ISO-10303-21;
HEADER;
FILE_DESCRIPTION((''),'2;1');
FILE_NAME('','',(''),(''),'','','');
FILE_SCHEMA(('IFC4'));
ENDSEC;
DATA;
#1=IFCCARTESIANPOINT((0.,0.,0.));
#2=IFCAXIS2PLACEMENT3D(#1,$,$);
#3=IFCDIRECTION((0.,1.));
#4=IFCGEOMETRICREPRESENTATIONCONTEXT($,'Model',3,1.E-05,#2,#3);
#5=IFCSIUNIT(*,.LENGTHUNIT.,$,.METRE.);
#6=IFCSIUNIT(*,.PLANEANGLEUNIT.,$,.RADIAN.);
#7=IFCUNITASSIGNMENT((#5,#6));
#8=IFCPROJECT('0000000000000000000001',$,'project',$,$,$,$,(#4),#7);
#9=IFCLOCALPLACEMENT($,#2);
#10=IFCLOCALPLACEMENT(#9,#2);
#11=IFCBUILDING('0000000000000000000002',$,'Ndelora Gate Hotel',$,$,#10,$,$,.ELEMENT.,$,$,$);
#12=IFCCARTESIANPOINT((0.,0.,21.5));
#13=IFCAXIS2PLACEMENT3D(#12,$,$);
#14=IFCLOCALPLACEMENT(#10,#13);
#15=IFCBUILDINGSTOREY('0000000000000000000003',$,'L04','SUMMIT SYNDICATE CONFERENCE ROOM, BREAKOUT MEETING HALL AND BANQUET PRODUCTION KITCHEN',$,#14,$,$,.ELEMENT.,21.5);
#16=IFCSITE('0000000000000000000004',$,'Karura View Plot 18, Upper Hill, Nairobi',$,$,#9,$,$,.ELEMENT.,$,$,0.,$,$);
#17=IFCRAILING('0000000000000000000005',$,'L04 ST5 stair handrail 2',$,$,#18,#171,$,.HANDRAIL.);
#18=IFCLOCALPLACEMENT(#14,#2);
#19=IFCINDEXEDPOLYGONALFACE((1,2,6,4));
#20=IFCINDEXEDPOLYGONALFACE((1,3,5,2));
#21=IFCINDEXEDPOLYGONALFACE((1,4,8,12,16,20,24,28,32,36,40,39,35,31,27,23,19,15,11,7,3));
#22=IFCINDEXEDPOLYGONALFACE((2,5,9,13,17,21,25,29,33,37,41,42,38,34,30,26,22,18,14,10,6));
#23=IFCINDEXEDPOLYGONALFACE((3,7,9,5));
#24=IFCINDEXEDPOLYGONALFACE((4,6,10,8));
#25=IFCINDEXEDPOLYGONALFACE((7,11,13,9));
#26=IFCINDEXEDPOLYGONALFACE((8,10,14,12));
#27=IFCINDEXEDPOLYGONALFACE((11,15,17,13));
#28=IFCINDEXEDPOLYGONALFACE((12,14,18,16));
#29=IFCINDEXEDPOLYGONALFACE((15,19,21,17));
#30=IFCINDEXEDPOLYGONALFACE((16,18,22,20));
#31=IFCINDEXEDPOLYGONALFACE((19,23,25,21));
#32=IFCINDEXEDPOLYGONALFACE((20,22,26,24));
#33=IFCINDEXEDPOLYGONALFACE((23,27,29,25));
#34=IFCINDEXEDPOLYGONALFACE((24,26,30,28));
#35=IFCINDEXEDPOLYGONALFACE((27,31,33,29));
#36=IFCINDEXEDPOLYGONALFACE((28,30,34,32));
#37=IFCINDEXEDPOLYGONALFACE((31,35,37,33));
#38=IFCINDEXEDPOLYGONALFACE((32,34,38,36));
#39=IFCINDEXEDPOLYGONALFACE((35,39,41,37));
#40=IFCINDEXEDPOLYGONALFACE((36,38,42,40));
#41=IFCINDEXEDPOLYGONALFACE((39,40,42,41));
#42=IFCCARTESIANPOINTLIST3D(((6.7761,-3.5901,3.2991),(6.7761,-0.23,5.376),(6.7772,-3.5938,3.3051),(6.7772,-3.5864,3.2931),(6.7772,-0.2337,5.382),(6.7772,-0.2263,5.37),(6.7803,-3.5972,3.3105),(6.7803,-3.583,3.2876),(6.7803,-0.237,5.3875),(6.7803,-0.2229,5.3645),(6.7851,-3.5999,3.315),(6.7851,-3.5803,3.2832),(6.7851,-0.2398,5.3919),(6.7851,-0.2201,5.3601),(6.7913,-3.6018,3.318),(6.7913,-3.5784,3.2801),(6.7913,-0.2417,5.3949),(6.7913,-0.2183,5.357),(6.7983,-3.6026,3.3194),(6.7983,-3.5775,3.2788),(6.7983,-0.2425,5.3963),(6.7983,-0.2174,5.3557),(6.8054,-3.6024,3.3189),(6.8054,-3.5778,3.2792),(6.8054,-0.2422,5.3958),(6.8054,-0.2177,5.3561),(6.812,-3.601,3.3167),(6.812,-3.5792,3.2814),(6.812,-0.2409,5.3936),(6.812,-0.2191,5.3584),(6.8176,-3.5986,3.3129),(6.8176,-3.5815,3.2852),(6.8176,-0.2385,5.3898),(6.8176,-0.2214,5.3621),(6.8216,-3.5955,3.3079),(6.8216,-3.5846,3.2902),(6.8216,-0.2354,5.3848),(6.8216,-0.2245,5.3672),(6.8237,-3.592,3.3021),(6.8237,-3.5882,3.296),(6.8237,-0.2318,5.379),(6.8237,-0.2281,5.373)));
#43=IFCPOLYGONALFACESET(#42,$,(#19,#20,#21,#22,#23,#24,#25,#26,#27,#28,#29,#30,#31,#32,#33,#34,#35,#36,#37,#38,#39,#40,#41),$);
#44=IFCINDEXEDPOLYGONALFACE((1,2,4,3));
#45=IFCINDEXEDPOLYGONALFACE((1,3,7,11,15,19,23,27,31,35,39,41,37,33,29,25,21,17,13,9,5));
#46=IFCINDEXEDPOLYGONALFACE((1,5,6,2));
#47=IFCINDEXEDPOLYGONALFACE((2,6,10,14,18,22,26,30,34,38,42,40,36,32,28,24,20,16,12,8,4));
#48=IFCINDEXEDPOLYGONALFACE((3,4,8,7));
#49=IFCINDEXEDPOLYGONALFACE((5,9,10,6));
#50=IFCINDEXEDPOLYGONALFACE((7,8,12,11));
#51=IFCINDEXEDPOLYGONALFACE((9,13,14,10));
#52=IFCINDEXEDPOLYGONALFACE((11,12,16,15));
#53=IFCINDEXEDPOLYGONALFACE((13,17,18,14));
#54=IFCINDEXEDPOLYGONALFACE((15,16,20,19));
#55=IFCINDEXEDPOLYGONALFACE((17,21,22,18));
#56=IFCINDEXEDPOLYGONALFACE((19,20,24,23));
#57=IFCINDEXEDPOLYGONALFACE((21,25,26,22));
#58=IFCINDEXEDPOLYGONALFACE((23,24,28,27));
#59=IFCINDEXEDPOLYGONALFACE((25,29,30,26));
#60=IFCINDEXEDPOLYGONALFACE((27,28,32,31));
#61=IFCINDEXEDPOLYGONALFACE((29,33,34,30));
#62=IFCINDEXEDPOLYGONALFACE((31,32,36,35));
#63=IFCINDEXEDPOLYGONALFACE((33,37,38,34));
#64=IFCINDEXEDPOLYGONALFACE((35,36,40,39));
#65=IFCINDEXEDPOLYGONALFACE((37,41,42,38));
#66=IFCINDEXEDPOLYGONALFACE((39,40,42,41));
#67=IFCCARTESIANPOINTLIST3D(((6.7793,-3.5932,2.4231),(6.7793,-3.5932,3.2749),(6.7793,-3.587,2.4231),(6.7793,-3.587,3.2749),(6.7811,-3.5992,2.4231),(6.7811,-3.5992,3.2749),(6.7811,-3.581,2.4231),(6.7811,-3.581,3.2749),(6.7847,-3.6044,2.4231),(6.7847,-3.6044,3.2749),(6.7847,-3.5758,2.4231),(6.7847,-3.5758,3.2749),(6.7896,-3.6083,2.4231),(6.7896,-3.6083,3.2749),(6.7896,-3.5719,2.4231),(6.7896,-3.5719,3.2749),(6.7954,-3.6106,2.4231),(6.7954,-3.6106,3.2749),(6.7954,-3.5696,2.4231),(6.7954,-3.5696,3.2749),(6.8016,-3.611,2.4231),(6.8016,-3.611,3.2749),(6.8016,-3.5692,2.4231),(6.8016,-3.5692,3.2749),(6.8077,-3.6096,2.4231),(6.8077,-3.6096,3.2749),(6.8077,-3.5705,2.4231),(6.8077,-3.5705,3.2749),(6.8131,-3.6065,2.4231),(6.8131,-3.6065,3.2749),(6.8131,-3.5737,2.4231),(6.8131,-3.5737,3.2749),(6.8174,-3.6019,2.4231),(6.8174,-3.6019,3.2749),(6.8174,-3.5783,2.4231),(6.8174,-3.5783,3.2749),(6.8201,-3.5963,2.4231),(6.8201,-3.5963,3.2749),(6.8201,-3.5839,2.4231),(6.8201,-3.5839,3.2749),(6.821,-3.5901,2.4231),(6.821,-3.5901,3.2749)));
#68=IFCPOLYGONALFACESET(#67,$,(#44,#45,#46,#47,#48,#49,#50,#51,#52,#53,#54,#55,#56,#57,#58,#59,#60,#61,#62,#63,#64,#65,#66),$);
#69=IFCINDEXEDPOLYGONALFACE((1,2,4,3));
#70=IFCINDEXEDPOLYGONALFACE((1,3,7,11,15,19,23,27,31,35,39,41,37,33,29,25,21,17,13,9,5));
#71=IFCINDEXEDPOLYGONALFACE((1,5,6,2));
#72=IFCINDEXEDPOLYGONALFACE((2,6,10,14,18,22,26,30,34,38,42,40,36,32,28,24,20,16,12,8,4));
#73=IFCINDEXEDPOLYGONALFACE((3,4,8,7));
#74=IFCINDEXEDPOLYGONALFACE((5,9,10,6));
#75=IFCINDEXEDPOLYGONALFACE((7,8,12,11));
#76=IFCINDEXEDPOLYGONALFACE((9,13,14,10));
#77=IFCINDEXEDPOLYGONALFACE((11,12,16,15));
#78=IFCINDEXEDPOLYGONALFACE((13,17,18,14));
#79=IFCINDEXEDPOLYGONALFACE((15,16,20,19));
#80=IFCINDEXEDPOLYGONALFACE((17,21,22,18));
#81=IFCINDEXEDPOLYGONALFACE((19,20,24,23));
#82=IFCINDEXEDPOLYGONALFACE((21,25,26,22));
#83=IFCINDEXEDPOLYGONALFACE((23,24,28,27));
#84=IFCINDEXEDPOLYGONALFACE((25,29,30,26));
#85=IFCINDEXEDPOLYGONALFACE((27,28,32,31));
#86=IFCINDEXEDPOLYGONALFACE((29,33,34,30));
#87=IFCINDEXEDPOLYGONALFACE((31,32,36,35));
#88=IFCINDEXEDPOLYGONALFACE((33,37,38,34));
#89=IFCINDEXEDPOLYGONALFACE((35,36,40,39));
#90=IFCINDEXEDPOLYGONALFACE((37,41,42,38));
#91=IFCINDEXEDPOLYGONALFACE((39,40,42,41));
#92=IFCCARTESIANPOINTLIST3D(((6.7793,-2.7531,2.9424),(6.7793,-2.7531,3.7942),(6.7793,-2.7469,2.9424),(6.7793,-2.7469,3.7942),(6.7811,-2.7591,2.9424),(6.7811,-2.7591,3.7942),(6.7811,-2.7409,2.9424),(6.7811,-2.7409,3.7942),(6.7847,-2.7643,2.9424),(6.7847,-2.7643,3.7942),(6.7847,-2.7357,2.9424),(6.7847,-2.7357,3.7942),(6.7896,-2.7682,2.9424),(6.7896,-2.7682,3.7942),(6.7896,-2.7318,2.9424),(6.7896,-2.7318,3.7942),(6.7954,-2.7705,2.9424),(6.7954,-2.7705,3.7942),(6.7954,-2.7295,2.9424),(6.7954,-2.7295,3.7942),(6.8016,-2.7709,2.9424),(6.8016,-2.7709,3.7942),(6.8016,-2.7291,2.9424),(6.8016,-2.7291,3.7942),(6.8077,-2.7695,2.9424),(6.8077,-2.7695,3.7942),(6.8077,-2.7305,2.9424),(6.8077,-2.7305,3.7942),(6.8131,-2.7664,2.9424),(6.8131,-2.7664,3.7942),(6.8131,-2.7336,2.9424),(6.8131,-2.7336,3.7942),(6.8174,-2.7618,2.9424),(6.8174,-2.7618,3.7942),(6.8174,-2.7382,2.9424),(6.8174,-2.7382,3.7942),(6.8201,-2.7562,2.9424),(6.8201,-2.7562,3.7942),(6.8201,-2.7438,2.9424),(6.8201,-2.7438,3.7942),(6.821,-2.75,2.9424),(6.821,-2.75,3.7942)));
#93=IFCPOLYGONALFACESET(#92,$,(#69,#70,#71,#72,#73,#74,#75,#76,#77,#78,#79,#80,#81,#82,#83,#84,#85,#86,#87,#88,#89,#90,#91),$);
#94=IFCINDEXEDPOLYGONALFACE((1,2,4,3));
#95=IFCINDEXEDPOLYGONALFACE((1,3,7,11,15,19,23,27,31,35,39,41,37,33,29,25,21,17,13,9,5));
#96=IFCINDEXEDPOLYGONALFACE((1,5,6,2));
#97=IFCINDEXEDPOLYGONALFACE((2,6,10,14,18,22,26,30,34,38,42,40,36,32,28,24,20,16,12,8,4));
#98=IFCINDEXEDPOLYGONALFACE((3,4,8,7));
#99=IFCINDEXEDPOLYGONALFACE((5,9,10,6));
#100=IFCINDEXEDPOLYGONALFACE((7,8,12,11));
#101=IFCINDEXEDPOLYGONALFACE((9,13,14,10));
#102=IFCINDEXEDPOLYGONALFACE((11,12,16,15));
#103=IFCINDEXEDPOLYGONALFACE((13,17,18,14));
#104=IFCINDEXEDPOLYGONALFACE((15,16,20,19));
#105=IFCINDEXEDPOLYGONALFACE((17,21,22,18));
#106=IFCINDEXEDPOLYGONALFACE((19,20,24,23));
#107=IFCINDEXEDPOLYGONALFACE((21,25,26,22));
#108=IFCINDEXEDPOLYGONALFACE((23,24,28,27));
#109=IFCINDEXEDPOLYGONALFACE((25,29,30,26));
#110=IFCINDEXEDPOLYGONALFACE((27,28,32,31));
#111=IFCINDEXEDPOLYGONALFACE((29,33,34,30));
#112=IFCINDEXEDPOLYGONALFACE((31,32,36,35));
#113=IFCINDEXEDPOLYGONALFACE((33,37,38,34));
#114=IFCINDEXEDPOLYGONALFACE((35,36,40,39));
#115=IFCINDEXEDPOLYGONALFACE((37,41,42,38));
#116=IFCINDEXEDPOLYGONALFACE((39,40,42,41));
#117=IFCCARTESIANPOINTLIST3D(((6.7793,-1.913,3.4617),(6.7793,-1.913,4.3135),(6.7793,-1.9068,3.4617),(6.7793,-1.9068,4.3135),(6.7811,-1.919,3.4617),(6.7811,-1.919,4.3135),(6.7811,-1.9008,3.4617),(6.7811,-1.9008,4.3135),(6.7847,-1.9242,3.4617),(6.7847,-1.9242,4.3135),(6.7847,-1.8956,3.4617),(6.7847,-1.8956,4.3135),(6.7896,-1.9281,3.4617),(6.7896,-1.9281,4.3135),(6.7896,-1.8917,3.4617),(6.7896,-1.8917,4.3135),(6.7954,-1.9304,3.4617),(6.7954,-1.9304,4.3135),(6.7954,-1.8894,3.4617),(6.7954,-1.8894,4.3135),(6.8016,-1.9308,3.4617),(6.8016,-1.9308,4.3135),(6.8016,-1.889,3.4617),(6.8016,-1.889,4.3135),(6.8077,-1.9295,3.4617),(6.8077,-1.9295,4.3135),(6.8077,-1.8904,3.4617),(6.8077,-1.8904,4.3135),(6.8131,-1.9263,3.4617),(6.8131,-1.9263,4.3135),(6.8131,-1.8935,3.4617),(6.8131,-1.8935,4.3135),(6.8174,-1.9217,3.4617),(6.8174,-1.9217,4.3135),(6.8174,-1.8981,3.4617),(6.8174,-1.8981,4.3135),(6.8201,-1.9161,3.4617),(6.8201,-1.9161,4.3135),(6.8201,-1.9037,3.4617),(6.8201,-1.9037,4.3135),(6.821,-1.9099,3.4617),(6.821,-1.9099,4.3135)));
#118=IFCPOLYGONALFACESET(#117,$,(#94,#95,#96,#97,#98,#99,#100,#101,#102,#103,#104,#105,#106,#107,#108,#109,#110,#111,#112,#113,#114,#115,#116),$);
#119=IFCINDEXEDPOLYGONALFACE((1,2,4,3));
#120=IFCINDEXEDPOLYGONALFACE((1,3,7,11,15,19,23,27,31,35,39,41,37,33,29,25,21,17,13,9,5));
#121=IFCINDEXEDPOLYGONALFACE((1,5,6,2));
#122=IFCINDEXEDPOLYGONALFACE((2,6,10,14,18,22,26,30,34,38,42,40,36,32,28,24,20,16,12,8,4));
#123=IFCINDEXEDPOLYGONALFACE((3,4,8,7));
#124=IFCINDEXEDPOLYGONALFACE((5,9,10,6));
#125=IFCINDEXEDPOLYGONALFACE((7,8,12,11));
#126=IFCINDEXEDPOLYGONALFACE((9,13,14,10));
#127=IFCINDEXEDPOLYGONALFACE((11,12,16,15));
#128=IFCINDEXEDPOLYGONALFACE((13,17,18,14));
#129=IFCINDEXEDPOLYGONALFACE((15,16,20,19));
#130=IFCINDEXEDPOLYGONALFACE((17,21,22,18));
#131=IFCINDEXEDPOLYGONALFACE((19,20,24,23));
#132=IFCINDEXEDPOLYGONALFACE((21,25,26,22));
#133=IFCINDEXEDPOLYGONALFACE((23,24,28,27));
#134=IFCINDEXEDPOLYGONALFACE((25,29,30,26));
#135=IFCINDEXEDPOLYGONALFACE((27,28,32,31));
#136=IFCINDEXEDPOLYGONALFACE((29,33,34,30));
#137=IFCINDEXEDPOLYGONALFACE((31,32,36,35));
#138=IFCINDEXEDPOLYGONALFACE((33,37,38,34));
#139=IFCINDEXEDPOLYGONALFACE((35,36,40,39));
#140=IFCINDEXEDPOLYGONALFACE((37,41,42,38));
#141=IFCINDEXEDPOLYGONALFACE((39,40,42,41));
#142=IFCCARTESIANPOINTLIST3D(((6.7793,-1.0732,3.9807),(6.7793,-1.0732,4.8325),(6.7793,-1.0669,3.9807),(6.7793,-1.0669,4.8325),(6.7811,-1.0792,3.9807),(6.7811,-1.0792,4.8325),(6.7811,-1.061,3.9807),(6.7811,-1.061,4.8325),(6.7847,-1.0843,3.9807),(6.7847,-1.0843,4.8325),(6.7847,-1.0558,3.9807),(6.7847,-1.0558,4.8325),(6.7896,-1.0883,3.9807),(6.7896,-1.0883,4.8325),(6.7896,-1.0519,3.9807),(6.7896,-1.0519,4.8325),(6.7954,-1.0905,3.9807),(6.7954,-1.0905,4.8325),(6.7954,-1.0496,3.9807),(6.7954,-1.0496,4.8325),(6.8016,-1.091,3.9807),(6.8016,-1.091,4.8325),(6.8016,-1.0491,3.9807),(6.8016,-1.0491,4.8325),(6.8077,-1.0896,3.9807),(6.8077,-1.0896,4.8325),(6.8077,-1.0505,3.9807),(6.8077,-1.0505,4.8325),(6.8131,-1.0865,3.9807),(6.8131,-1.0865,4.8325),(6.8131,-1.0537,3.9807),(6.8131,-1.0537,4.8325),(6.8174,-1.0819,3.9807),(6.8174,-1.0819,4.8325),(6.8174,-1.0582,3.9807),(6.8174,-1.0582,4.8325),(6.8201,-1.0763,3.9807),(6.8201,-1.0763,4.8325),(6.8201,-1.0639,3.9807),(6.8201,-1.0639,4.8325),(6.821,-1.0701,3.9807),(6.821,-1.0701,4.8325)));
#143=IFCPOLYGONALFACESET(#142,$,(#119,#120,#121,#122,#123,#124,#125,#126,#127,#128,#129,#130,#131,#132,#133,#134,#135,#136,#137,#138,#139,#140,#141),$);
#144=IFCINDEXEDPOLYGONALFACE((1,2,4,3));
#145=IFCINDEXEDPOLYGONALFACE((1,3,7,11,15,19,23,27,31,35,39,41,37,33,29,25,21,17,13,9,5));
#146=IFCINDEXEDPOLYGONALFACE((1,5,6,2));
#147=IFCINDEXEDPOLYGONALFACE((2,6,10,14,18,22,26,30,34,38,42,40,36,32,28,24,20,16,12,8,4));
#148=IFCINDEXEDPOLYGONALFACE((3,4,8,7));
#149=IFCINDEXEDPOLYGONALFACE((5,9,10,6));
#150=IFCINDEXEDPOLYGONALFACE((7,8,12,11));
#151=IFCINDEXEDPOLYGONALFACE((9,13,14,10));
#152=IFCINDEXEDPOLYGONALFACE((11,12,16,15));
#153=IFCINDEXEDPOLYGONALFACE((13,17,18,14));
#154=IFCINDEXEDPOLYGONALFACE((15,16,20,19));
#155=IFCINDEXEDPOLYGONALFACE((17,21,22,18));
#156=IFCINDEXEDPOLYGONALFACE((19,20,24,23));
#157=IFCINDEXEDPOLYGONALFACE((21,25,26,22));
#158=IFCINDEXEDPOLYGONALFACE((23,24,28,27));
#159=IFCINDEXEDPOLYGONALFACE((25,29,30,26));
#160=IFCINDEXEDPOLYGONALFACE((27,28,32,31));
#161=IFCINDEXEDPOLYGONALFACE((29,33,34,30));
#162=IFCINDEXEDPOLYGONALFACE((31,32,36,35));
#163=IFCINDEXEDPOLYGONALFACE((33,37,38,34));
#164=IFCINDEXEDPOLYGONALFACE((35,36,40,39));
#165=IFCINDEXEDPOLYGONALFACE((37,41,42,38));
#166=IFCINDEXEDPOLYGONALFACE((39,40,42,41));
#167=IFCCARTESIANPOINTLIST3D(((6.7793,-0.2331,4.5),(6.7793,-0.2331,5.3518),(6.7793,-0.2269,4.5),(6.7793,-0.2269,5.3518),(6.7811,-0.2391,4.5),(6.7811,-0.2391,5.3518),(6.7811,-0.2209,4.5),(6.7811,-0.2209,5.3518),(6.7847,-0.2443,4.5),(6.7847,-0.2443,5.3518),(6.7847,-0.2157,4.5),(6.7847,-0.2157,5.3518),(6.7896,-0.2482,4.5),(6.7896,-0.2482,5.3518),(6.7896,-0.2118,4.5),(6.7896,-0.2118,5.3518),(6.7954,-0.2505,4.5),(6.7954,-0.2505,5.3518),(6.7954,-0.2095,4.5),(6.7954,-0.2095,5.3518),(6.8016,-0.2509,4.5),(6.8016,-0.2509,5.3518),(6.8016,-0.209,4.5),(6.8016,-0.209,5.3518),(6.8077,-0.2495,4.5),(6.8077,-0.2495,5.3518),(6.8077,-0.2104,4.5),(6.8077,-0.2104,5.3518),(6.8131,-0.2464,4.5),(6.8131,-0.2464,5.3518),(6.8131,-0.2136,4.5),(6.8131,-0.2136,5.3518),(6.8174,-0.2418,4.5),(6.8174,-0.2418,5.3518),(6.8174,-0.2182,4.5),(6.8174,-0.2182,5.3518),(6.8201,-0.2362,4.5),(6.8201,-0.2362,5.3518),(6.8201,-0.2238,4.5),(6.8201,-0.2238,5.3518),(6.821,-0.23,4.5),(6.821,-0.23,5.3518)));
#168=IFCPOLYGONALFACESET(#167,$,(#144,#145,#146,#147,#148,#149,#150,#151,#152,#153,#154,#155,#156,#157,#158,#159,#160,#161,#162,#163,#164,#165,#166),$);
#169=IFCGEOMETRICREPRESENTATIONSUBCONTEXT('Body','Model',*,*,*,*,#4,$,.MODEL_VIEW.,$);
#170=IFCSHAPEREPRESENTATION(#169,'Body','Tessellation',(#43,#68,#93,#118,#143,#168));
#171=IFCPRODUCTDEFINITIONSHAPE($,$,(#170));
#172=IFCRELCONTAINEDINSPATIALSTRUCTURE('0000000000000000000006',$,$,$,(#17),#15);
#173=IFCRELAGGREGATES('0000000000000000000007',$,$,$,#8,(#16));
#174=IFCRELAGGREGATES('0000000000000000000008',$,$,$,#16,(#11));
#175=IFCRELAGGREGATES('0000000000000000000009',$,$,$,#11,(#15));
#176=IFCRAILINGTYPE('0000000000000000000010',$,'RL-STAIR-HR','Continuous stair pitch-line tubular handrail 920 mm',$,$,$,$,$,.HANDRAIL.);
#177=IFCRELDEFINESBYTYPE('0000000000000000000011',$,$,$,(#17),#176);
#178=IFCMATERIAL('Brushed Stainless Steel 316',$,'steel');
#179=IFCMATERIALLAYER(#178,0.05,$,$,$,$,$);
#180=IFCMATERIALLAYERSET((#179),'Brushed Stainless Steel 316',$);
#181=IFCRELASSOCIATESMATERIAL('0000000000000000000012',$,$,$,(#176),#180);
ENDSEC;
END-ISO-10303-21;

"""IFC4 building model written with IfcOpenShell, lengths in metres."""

from ifc_helpers import new_model, si_unit, direction, frame, origin, origin_2d, place, context, subcontext, project, spatial, circle, extrude, material, layer, layer_set, type_object, element, save


model = new_model("IFC4")

# Units and contexts
model_context = context("Model", 3, precision=1e-05, world=origin(), true_north=direction((0.0, 1.0)))
body_context = subcontext(model_context, "Body", "Model", "MODEL_VIEW")
ifc_project = project(units=[si_unit("LENGTHUNIT", "METRE"), si_unit("PLANEANGLEUNIT", "RADIAN")], contexts=[model_context])

# Site, building, storey
site_placement = place(None, origin())
site = spatial("IfcSite", under=ifc_project, at=site_placement, Name="Karura View Plot 18, Upper Hill, Nairobi", CompositionType="ELEMENT", RefElevation=0.0)
building_placement = place(site_placement, origin())
building = spatial("IfcBuilding", under=site, at=building_placement, Name="Ndelora Gate Hotel", CompositionType="ELEMENT")
storey_placement = place(building_placement, frame((0.0, 0.0, 21.5)))
storey = spatial("IfcBuildingStorey", under=building, at=storey_placement, Name="L04", Description="SUMMIT SYNDICATE CONFERENCE ROOM, BREAKOUT MEETING HALL AND BANQUET PRODUCTION KITCHEN", CompositionType="ELEMENT", Elevation=21.5)

# Railing
ifc_material_1 = material(Name="Brushed Stainless Steel 316", Category="steel")
ifc_layer_1 = layer(ifc_material_1, 0.05)
ifc_layer_set_1 = layer_set([ifc_layer_1], Name="Brushed Stainless Steel 316")
railing_type_1 = type_object("IfcRailingType", Name="RL-STAIR-HR", Description="Continuous stair pitch-line tubular handrail 920 mm", PredefinedType="HANDRAIL", material=ifc_layer_set_1)
railing_1_placement = place(storey_placement, frame((6.8, -3.5901, 2.4231)))
element("IfcRailing", 1, at=railing_1_placement, inside=storey, type_object=railing_type_1, Name="L04 ST5 stair handrail 2", PredefinedType="HANDRAIL", context=body_context, shape_type="SweptSolid", body=[
    extrude(circle(Radius=0.0239, at=origin_2d()), frame((0.0, 0.0, 0.876), z_axis=(0.0, 0.850623, 0.525776), x_axis=(-1.0, 0.0, 0.0)), (0.0, 0.0, 1.0), 3.9502),
    extrude(circle(Radius=0.021, at=origin_2d()), origin(), (0.0, 0.0, 1.0), 0.8518),
    extrude(circle(Radius=0.021, at=origin_2d()), frame((0.0, 0.8401, 0.5193)), (0.0, 0.0, 1.0), 0.8518),
    extrude(circle(Radius=0.021, at=origin_2d()), frame((0.0, 1.6802, 1.0386)), (0.0, 0.0, 1.0), 0.8518),
    extrude(circle(Radius=0.021, at=origin_2d()), frame((0.0, 2.52, 1.5576)), (0.0, 0.0, 1.0), 0.8518),
    extrude(circle(Radius=0.021, at=origin_2d()), frame((0.0, 3.3601, 2.0769)), (0.0, 0.0, 1.0), 0.8518),
])

save(model, "model.ifc")
